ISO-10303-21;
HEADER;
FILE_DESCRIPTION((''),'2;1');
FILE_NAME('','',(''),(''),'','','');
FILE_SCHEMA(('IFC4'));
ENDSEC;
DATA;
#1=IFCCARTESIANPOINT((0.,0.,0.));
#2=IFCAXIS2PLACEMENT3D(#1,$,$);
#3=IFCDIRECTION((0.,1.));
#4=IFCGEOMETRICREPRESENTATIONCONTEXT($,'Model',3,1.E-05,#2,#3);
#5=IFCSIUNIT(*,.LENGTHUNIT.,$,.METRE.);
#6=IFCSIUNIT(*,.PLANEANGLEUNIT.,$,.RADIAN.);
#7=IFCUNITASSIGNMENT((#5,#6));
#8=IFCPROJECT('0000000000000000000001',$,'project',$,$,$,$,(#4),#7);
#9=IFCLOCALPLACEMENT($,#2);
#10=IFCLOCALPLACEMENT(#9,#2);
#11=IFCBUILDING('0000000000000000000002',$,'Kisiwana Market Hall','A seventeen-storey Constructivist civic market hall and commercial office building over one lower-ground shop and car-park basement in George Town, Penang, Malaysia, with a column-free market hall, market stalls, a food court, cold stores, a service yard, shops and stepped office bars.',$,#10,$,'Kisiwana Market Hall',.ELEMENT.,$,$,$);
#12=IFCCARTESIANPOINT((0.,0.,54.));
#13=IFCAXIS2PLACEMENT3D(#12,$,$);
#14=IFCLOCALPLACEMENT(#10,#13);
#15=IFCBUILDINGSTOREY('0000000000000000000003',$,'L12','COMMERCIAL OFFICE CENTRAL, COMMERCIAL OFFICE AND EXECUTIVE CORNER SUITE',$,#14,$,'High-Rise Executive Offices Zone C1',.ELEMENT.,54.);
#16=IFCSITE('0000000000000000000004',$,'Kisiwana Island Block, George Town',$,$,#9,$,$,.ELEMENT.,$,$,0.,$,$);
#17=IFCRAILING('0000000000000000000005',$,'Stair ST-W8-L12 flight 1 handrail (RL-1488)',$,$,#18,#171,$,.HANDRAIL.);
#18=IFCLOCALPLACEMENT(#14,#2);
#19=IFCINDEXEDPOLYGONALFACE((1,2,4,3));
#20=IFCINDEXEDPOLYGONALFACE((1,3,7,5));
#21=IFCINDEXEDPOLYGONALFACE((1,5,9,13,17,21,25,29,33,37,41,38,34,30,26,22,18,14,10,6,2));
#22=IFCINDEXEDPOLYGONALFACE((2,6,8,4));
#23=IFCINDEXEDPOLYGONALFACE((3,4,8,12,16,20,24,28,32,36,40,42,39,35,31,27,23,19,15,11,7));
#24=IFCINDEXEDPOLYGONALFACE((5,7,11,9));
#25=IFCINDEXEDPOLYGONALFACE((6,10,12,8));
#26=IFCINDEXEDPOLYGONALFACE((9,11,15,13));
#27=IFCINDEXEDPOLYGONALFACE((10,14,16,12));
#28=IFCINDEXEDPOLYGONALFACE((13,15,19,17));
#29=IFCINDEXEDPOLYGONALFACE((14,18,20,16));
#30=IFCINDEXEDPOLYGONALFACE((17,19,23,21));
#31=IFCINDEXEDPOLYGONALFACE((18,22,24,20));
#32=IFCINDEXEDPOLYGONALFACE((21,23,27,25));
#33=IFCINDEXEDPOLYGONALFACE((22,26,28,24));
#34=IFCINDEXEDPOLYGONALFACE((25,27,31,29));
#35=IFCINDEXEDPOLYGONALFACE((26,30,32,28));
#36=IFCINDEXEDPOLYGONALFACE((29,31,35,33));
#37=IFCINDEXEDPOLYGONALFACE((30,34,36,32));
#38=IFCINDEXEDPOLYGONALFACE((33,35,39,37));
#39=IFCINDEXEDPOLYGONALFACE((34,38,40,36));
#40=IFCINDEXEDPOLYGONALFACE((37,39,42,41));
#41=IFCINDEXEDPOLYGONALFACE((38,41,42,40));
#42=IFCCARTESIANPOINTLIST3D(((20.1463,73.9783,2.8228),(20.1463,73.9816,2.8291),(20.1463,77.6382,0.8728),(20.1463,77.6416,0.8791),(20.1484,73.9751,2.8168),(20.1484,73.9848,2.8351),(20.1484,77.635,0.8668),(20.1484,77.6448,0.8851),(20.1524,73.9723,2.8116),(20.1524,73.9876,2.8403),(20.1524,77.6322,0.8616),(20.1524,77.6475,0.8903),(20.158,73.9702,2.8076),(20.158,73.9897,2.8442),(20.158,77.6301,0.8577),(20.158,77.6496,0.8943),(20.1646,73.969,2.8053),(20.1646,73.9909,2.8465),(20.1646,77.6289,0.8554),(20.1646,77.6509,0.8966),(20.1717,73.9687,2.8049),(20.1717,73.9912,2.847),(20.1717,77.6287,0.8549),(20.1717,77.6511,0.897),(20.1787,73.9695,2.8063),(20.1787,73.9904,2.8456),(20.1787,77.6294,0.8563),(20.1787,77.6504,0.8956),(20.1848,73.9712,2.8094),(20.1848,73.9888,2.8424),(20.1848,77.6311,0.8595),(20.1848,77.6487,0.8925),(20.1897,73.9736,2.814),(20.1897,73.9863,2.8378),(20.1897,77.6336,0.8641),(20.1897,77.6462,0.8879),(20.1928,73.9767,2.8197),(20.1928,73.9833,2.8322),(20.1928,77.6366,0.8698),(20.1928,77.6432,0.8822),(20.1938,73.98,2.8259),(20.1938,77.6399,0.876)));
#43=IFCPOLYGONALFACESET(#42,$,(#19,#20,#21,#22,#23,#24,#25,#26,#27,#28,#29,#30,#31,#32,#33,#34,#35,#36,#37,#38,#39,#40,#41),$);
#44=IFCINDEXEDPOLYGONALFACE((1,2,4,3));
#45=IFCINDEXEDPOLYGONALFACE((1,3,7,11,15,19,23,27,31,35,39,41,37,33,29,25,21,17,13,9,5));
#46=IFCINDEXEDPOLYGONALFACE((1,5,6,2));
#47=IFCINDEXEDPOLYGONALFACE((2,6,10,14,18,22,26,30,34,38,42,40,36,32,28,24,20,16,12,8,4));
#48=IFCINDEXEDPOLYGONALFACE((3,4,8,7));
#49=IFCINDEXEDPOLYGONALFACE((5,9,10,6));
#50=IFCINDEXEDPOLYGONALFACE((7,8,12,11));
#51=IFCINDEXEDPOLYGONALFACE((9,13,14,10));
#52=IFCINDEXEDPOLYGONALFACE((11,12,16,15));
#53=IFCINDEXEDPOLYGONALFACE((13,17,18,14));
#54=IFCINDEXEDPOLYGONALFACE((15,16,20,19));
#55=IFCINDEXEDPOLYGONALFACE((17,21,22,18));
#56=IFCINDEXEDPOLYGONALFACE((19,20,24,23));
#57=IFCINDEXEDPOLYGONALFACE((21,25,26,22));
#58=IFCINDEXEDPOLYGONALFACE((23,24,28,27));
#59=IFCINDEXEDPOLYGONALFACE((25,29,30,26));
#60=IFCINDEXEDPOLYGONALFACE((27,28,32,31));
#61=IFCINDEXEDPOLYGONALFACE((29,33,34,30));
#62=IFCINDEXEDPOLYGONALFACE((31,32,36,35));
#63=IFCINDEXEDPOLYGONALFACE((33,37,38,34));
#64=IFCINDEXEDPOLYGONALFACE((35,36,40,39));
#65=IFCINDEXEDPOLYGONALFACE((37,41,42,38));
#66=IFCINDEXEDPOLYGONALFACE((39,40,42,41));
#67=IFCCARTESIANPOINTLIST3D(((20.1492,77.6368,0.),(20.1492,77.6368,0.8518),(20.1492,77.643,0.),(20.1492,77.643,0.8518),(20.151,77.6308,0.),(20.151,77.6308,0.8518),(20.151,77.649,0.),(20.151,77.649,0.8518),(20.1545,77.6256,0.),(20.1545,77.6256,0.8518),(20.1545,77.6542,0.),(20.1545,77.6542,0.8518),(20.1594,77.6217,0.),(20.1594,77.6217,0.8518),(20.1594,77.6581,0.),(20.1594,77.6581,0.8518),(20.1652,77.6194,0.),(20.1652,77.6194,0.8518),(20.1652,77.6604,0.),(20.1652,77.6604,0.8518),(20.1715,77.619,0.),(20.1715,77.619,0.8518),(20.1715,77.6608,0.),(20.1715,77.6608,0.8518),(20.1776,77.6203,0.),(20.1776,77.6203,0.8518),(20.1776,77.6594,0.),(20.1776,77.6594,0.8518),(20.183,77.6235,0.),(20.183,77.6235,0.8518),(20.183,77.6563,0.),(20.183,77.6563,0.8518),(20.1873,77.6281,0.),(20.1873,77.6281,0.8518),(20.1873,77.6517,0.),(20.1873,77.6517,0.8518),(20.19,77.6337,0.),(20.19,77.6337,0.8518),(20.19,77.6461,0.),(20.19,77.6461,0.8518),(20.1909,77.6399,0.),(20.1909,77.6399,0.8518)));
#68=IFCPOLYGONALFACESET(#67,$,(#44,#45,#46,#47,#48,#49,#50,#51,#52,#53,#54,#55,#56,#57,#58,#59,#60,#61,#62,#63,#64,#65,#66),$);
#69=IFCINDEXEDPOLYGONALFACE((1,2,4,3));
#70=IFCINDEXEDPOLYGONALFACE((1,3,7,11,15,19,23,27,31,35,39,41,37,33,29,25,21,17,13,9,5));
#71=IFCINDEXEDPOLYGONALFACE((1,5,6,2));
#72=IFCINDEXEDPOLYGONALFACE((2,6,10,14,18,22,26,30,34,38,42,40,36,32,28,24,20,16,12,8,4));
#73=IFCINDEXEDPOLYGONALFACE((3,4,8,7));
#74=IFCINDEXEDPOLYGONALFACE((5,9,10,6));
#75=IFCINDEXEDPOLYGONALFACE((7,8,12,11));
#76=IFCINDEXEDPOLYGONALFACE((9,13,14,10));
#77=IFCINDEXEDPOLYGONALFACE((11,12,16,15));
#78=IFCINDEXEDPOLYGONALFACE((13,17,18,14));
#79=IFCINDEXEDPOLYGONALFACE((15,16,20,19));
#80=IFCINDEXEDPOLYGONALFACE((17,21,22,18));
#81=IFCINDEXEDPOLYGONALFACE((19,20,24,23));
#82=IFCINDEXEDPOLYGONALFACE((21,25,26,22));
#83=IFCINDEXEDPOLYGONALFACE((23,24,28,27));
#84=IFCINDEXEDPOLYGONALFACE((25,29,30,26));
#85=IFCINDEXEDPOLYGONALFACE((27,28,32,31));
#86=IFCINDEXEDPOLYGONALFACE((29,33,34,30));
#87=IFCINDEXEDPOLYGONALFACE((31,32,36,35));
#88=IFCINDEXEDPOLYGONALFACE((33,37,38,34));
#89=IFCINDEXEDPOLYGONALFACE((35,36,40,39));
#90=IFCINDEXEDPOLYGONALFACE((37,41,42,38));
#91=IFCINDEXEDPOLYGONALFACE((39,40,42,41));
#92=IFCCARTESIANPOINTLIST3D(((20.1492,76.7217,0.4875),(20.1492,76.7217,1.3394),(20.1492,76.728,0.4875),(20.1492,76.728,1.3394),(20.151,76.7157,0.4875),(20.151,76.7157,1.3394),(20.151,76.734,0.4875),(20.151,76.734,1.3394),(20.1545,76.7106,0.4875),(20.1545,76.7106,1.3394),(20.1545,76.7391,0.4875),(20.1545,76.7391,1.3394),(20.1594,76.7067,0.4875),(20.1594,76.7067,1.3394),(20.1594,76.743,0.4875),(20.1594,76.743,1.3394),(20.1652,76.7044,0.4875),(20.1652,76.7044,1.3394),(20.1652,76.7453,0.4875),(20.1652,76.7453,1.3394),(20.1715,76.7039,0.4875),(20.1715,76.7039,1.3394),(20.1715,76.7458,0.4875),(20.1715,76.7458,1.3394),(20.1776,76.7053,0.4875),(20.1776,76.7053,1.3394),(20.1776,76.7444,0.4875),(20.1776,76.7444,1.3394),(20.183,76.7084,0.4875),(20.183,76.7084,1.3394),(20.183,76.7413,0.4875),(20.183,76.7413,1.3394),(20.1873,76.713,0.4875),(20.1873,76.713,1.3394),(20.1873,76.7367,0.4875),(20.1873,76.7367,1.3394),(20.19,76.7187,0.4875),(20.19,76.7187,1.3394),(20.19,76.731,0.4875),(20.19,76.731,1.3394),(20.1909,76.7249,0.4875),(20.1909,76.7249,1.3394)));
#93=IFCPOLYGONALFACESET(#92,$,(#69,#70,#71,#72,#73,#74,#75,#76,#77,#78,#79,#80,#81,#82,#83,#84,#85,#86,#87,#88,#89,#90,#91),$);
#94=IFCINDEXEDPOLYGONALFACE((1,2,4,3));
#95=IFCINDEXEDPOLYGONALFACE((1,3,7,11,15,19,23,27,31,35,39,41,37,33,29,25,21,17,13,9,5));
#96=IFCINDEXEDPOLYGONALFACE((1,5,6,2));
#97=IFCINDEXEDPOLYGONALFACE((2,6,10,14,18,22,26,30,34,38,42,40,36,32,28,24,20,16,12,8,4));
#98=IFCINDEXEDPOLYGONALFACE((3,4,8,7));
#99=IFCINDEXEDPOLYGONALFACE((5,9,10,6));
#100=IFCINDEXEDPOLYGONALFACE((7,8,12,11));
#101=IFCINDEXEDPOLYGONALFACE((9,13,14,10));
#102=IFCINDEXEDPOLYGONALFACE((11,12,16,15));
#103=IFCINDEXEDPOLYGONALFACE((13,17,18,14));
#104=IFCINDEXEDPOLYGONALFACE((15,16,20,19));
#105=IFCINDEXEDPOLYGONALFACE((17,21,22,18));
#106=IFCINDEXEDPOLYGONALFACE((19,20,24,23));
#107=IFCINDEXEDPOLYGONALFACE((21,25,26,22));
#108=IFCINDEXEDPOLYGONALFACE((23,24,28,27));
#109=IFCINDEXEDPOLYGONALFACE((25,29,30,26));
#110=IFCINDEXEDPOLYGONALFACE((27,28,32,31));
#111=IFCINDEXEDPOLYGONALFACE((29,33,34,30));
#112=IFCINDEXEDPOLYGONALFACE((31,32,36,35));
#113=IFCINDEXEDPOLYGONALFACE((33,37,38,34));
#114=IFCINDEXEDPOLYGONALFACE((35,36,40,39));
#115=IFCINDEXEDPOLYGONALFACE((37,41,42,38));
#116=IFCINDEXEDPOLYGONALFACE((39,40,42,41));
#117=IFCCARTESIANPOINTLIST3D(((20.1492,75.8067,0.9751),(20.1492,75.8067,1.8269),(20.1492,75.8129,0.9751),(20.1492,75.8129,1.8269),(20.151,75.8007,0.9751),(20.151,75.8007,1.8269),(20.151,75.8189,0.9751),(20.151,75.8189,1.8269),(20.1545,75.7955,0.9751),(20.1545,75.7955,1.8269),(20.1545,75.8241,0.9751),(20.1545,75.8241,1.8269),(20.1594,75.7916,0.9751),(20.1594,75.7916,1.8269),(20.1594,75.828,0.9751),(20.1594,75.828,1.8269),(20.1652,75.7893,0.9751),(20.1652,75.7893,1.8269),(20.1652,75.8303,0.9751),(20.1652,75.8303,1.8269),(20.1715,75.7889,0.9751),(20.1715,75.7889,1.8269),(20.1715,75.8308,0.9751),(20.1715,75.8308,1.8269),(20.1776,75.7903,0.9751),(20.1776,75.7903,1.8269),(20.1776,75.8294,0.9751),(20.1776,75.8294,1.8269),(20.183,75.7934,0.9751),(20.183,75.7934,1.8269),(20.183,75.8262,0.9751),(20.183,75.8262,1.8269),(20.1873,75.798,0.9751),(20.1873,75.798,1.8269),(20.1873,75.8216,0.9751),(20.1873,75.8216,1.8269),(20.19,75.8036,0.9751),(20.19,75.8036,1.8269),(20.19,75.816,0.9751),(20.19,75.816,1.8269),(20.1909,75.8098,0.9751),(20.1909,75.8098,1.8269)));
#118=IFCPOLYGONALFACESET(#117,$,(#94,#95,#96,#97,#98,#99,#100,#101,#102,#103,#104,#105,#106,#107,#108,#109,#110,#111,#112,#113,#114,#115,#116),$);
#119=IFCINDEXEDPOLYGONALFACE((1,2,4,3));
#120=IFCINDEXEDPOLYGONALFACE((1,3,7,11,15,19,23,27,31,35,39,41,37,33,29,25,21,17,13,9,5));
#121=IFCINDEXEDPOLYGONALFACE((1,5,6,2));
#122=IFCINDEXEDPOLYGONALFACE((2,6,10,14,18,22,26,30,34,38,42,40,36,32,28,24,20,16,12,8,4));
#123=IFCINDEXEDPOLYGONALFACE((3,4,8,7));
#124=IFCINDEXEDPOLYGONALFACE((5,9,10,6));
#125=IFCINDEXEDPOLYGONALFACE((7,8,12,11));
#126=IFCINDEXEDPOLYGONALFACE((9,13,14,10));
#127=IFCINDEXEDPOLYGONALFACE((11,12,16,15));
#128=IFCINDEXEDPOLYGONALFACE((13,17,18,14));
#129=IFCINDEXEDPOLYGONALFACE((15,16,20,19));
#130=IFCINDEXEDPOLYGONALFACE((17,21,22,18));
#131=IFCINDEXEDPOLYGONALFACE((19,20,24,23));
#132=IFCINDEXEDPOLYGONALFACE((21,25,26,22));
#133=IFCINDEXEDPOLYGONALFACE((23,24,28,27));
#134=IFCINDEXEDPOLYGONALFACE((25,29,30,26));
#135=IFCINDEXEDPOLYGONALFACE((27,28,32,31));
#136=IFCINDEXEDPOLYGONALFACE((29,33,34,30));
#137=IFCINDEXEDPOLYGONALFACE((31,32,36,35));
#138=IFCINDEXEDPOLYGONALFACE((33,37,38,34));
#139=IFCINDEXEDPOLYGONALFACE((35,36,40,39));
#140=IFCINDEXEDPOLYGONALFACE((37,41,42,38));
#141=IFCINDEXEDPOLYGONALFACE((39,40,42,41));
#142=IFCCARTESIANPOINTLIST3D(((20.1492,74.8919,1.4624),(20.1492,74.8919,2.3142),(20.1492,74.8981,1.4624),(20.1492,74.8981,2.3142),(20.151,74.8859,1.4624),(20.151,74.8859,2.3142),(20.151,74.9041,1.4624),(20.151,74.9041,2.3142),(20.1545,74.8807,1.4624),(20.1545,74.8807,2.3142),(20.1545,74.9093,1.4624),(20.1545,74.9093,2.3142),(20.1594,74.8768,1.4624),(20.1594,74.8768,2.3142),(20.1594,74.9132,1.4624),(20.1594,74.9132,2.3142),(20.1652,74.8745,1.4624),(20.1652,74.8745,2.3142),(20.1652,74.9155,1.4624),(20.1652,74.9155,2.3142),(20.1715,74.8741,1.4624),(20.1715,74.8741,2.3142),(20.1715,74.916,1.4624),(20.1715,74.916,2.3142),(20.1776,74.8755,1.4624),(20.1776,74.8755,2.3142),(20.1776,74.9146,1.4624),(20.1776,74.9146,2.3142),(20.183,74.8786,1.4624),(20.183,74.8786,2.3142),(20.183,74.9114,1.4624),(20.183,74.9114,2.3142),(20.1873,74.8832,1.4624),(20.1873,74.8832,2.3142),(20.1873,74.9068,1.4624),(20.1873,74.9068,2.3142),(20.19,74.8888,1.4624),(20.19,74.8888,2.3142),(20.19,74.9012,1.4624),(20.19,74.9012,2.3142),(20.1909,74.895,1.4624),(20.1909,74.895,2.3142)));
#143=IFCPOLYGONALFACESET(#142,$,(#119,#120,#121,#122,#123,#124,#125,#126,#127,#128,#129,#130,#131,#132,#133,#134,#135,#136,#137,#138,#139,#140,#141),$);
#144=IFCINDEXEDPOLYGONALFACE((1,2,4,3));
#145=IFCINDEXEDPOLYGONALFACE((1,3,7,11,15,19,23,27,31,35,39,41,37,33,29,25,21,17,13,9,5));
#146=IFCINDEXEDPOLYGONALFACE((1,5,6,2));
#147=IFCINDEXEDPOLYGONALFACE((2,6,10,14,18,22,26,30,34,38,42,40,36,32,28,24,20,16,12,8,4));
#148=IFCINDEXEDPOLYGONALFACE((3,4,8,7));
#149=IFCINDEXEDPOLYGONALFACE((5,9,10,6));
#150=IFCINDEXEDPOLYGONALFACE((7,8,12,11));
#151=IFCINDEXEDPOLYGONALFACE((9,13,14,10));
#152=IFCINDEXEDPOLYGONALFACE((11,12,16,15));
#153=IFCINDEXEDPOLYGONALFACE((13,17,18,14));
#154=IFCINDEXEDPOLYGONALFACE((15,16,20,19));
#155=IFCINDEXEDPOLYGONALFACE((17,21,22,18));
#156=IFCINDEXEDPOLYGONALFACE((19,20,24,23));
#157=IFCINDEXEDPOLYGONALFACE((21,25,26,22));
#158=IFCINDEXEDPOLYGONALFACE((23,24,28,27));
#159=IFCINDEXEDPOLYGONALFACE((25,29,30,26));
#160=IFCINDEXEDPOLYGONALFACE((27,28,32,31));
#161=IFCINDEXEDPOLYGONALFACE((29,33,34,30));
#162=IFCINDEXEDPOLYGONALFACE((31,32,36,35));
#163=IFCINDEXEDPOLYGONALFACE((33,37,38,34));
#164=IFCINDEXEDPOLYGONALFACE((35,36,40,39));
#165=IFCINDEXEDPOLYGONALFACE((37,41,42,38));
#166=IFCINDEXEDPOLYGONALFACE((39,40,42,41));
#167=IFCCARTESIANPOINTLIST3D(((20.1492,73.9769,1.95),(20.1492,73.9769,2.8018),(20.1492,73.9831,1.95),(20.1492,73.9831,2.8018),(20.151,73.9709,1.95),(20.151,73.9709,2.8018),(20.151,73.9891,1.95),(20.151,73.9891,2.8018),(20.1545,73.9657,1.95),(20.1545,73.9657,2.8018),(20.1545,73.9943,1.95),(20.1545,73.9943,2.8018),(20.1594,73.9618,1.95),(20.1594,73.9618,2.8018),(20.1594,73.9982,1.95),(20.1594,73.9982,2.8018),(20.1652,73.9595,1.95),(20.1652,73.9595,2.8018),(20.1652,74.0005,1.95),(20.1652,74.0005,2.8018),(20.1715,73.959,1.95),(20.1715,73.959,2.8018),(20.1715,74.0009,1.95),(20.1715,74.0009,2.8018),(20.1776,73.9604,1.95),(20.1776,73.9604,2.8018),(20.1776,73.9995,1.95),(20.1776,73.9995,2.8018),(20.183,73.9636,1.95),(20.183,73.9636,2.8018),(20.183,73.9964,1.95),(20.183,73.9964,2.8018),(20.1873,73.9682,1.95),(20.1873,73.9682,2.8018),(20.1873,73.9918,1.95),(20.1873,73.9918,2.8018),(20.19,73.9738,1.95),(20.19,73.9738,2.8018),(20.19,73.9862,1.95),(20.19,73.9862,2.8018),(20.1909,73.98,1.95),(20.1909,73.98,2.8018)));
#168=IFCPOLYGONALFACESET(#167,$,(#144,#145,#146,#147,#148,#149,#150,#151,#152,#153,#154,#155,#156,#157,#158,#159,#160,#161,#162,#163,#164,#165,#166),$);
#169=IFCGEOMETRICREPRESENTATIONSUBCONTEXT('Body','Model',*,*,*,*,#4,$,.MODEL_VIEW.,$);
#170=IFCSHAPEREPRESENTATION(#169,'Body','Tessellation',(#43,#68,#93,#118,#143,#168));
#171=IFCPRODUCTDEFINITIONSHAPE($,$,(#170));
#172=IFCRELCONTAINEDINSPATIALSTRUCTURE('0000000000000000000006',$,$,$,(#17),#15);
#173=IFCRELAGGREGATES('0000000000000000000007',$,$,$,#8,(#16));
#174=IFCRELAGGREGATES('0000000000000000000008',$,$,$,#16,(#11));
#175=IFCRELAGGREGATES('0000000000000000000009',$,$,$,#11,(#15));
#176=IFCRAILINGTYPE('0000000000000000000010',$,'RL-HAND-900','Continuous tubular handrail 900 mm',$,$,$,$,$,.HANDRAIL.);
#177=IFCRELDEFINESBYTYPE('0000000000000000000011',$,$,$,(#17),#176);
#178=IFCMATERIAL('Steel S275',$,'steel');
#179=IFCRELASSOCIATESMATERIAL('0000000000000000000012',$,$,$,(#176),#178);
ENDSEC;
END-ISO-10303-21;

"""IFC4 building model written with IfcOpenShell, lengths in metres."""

from ifc_helpers import new_model, si_unit, direction, frame, origin, origin_2d, place, context, subcontext, project, spatial, circle, extrude, material, type_object, element, save


model = new_model("IFC4")

# Units and contexts
model_context = context("Model", 3, precision=1e-05, world=origin(), true_north=direction((0.0, 1.0)))
body_context = subcontext(model_context, "Body", "Model", "MODEL_VIEW")
ifc_project = project(units=[si_unit("LENGTHUNIT", "METRE"), si_unit("PLANEANGLEUNIT", "RADIAN")], contexts=[model_context])

# Site, building, storey
site_placement = place(None, origin())
site = spatial("IfcSite", under=ifc_project, at=site_placement, Name="Kisiwana Island Block, George Town", CompositionType="ELEMENT", RefElevation=0.0)
building_placement = place(site_placement, origin())
building = spatial("IfcBuilding", under=site, at=building_placement, Name="Kisiwana Market Hall", Description="A seventeen-storey Constructivist civic market hall and commercial office building over one lower-ground shop and car-park basement in George Town, Penang, Malaysia, with a column-free market hall, market stalls, a food court, cold stores, a service yard, shops and stepped office bars.", LongName="Kisiwana Market Hall", CompositionType="ELEMENT")
storey_placement = place(building_placement, frame((0.0, 0.0, 54.0)))
storey = spatial("IfcBuildingStorey", under=building, at=storey_placement, Name="L12", Description="COMMERCIAL OFFICE CENTRAL, COMMERCIAL OFFICE AND EXECUTIVE CORNER SUITE", LongName="High-Rise Executive Offices Zone C1", CompositionType="ELEMENT", Elevation=54.0)

# Railing
ifc_material_1 = material(Name="Steel S275", Category="steel")
railing_type_1 = type_object("IfcRailingType", Name="RL-HAND-900", Description="Continuous tubular handrail 900 mm", PredefinedType="HANDRAIL", material=ifc_material_1)
railing_1_placement = place(storey_placement, frame((20.1699, 77.6399, 0.0)))
element("IfcRailing", 1, at=railing_1_placement, inside=storey, type_object=railing_type_1, Name="Stair ST-W8-L12 flight 1 handrail (RL-1488)", PredefinedType="HANDRAIL", context=body_context, shape_type="SweptSolid", body=[
    extrude(circle(Radius=0.0239, at=origin_2d()), frame((0.0, 0.0, 0.876), z_axis=(0.0, -0.882553, 0.470212), x_axis=(1.0, 0.0, 0.0)), (0.0, 0.0, 1.0), 4.147),
    extrude(circle(Radius=0.021, at=origin_2d()), origin(), (0.0, 0.0, 1.0), 0.8518),
    extrude(circle(Radius=0.021, at=origin_2d()), frame((0.0, -0.915, 0.4875)), (0.0, 0.0, 1.0), 0.8518),
    extrude(circle(Radius=0.021, at=origin_2d()), frame((0.0, -1.8301, 0.9751)), (0.0, 0.0, 1.0), 0.8518),
    extrude(circle(Radius=0.021, at=origin_2d()), frame((0.0, -2.7449, 1.4624)), (0.0, 0.0, 1.0), 0.8518),
    extrude(circle(Radius=0.021, at=origin_2d()), frame((0.0, -3.6599, 1.95)), (0.0, 0.0, 1.0), 0.8518),
])

save(model, "model.ifc")
